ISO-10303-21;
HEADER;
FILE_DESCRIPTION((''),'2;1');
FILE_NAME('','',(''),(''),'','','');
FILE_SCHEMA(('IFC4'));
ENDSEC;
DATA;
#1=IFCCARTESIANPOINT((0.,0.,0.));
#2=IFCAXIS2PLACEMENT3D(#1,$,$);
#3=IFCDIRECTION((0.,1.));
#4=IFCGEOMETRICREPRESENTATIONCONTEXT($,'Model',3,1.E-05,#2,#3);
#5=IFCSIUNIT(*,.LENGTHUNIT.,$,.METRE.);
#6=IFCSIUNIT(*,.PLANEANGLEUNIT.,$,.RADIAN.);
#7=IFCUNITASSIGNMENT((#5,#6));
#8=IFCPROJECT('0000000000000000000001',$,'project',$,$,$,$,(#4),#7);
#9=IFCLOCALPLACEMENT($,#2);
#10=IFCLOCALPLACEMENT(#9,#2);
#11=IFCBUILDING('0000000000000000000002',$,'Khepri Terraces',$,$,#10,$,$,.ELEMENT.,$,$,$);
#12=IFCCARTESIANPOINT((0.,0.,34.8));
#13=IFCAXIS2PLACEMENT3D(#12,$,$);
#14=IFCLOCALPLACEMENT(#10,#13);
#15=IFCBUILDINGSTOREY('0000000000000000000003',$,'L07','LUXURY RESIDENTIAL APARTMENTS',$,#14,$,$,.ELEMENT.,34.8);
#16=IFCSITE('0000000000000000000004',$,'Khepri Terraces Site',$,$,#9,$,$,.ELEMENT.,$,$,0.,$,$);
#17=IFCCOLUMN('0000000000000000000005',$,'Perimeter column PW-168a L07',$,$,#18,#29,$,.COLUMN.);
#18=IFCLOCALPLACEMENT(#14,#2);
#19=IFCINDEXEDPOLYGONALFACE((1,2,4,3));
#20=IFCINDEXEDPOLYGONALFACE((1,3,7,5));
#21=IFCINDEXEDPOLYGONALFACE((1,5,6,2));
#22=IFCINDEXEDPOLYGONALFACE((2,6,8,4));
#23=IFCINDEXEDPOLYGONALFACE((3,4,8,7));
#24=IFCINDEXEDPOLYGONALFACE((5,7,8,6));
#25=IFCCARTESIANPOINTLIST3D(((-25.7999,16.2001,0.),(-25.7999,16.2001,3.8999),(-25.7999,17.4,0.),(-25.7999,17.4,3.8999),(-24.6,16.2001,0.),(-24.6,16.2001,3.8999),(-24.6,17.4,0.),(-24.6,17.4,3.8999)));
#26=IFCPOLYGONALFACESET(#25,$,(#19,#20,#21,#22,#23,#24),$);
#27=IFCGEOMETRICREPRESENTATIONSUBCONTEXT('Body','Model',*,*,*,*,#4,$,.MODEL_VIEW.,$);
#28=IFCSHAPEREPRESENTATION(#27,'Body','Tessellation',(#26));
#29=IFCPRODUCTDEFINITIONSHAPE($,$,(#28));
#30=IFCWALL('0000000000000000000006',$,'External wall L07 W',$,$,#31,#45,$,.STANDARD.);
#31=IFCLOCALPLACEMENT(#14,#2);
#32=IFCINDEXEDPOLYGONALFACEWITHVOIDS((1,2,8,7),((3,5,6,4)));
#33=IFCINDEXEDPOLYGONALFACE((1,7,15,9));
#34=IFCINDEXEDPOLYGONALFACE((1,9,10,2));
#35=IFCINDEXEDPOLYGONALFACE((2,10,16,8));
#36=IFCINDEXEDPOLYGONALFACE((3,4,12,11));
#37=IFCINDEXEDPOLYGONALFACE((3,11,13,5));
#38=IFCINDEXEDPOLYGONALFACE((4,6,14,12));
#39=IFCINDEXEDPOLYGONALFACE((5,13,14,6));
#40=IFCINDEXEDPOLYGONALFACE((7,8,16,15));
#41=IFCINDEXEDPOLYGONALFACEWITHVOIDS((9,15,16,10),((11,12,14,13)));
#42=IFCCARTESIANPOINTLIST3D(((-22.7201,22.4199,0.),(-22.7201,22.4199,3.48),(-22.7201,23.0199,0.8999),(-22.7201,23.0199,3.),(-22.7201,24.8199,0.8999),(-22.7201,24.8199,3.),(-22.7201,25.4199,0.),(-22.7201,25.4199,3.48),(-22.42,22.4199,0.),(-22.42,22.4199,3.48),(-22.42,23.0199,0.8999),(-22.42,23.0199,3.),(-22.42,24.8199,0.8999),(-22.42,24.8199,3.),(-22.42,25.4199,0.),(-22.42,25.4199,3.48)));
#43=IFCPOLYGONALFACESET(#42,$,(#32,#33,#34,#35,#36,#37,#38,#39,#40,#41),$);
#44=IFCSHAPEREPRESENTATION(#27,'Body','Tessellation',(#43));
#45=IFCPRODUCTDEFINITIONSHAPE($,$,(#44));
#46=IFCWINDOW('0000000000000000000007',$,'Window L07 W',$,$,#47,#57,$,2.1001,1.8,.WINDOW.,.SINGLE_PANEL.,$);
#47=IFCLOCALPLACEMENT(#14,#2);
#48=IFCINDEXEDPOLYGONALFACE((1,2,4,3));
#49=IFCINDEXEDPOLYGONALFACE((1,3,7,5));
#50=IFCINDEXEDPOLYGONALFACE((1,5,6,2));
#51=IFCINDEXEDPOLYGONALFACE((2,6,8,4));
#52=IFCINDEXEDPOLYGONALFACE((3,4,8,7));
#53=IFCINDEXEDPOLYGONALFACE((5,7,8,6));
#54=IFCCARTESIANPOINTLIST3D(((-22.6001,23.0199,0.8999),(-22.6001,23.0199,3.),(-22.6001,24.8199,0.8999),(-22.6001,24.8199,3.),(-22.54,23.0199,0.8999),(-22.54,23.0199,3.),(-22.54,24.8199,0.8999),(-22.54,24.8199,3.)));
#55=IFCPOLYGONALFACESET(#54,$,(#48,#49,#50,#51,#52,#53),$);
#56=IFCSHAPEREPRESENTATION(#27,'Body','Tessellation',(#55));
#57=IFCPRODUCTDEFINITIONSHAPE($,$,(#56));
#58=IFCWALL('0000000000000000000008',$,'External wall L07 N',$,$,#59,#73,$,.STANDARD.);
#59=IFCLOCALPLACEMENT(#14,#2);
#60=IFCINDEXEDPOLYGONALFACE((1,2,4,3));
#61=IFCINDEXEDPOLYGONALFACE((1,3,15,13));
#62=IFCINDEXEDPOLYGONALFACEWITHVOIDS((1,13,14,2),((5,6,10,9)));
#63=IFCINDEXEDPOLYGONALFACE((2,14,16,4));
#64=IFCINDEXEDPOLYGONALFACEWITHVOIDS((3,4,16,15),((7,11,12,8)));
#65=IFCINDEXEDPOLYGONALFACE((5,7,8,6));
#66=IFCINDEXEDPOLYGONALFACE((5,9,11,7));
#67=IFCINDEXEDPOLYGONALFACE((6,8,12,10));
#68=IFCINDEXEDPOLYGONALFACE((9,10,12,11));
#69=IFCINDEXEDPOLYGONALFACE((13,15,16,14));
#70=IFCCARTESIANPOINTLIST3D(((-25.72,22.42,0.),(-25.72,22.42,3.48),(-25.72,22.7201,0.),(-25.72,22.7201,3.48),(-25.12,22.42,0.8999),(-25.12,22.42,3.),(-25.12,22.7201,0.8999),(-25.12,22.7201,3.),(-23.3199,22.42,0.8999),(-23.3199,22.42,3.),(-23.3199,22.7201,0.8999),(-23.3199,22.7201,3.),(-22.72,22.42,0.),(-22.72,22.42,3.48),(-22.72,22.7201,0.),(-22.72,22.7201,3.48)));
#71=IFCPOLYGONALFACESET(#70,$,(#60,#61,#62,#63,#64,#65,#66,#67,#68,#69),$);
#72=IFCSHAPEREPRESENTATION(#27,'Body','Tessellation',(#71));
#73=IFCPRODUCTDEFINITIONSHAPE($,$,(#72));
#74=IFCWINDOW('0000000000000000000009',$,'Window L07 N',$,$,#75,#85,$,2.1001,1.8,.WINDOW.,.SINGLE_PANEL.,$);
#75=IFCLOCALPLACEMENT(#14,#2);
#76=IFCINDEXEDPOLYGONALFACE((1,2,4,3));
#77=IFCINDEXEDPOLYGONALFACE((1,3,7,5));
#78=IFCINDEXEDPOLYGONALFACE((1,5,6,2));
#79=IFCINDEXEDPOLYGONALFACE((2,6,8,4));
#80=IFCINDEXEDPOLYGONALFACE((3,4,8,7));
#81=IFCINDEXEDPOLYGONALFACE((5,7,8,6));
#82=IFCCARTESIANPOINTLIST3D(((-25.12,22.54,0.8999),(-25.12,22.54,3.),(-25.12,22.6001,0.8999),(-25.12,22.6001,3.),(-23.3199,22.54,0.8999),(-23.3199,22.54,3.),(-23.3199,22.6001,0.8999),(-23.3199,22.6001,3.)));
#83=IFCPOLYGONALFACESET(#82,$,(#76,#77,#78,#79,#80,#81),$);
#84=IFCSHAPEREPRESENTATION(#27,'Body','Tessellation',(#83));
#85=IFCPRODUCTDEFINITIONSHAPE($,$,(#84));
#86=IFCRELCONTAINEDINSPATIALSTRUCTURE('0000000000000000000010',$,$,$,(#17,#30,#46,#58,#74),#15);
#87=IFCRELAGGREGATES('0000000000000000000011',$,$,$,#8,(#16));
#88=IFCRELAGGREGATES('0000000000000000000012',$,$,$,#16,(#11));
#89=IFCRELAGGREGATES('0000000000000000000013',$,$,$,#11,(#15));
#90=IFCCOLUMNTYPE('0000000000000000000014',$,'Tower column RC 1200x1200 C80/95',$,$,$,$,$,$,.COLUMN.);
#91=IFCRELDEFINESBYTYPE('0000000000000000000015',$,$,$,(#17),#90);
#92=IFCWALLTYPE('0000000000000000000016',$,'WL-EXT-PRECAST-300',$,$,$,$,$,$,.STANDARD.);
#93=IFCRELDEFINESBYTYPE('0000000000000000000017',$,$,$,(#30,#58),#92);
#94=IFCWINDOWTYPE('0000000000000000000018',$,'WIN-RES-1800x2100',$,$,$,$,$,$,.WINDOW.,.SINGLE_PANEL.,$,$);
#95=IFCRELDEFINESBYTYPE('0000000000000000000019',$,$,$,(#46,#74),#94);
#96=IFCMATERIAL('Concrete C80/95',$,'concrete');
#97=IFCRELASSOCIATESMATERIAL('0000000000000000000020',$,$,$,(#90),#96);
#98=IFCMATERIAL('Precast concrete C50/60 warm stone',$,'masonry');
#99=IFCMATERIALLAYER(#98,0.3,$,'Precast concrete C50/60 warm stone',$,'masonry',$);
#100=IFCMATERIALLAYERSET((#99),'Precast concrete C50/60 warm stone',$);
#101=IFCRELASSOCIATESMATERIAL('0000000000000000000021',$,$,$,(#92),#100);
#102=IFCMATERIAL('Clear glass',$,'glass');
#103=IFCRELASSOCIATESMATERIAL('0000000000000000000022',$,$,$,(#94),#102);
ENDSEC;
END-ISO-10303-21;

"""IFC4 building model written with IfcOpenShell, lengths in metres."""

from ifc_helpers import new_model, si_unit, direction, frame, frame_2d, origin, origin_2d, place, context, subcontext, project, spatial, rectangle, extrude, material, layer, layer_set, material_profile, profile_set, type_object, element, fill, save


model = new_model("IFC4")

# Units and contexts
model_context = context("Model", 3, precision=1e-05, world=origin(), true_north=direction((0.0, 1.0)))
body_context = subcontext(model_context, "Body", "Model", "MODEL_VIEW")
ifc_project = project(units=[si_unit("LENGTHUNIT", "METRE"), si_unit("PLANEANGLEUNIT", "RADIAN")], contexts=[model_context])

# Site, building, storey
site_placement = place(None, origin())
site = spatial("IfcSite", under=ifc_project, at=site_placement, Name="Khepri Terraces Site", CompositionType="ELEMENT", RefElevation=0.0)
building_placement = place(site_placement, origin())
building = spatial("IfcBuilding", under=site, at=building_placement, Name="Khepri Terraces", CompositionType="ELEMENT")
storey_placement = place(building_placement, frame((0.0, 0.0, 34.8)))
storey = spatial("IfcBuildingStorey", under=building, at=storey_placement, Name="L07", Description="LUXURY RESIDENTIAL APARTMENTS", CompositionType="ELEMENT", Elevation=34.8)

# Column
ifc_material_1 = material(Name="Concrete C80/95", Category="concrete")
ifc_material_profile = material_profile(ifc_material_1, rectangle(XDim=1.2, YDim=1.2, at=origin_2d()), Name="Concrete C80/95", Category="concrete")
ifc_profile_set = profile_set([ifc_material_profile], Name="Concrete C80/95")
column_type = type_object("IfcColumnType", Name="Tower column RC 1200x1200 C80/95", PredefinedType="COLUMN", material=ifc_profile_set)
column_placement = place(storey_placement, frame((-25.2, 16.8, 0.0), z_axis=(0.0, 0.0, 1.0), x_axis=(1.0, 0.0, 0.0)))
element("IfcColumn", 1, at=column_placement, inside=storey, type_object=column_type, Name="Perimeter column PW-168a L07", PredefinedType="COLUMN", context=body_context, shape_type="SweptSolid", body=[
    extrude(rectangle(XDim=1.2, YDim=1.2, at=origin_2d()), origin(), (0.0, 0.0, 1.0), 3.8999),
])

# Walls, openings, windows
ifc_material_2 = material(Name="Precast concrete C50/60 warm stone", Category="masonry")
ifc_layer = layer(ifc_material_2, 0.3, Name="Precast concrete C50/60 warm stone", Category="masonry")
ifc_layer_set = layer_set([ifc_layer], Name="Precast concrete C50/60 warm stone")
wall_type = type_object("IfcWallType", Name="WL-EXT-PRECAST-300", PredefinedType="STANDARD", material=ifc_layer_set)
wall_1_placement = place(storey_placement, frame((-22.5701, 25.4199, 0.0), z_axis=(0.0, 0.0, 1.0), x_axis=(0.0, -1.0, 0.0)))
wall_1 = element("IfcWall", 2, at=wall_1_placement, inside=storey, type_object=wall_type, Name="External wall L07 W", PredefinedType="STANDARD", context=body_context, shape_type="SweptSolid", body=[
    extrude(rectangle(XDim=3.0, YDim=0.3, at=frame_2d((1.5, 0.0))), origin(), (0.0, 0.0, 1.0), 3.48),
])
opening_1_placement = place(wall_1_placement, frame((0.6001, 0.0, 0.8999)))
opening_1 = element("IfcOpeningElement", 3, at=opening_1_placement, cuts=wall_1, PredefinedType="OPENING", context=body_context, shape_type="SweptSolid", body=[
    extrude(rectangle(XDim=1.8, YDim=2.1001, at=frame_2d((0.8999, 1.05))), frame((0.0, 0.1602, 0.0), z_axis=(0.0, -1.0, 0.0), x_axis=(1.0, 0.0, 0.0)), (0.0, 0.0, 1.0), 0.3201),
])
ifc_material_3 = material(Name="Clear glass", Category="glass")
window_type_1 = type_object("IfcWindowType", Name="WIN-RES-1800x2100", PartitioningType="SINGLE_PANEL", PredefinedType="WINDOW", material=ifc_material_3)
window_1_placement = place(opening_1_placement, origin())
window_1 = element("IfcWindow", 4, at=window_1_placement, inside=storey, type_object=window_type_1, Name="Window L07 W", OverallHeight=2.1001, OverallWidth=1.8, PartitioningType="SINGLE_PANEL", PredefinedType="WINDOW", context=body_context, shape_type="SweptSolid", body=[
    extrude(rectangle(XDim=1.8, YDim=2.1001, at=frame_2d((0.8999, 1.05))), frame((0.0, 0.03, 0.0), z_axis=(0.0, -1.0, 0.0), x_axis=(1.0, 0.0, 0.0)), (0.0, 0.0, 1.0), 0.0601),
])
fill(opening_1, window_1)
wall_2_placement = place(storey_placement, frame((-22.72, 22.5701, 0.0), z_axis=(0.0, 0.0, 1.0), x_axis=(-1.0, 0.0, 0.0)))
wall_2 = element("IfcWall", 5, at=wall_2_placement, inside=storey, type_object=wall_type, Name="External wall L07 N", PredefinedType="STANDARD", context=body_context, shape_type="SweptSolid", body=[
    extrude(rectangle(XDim=3.0, YDim=0.3, at=frame_2d((1.5, 0.0))), origin(), (0.0, 0.0, 1.0), 3.48),
])
opening_2_placement = place(wall_2_placement, frame((0.6001, 0.0, 0.8999)))
opening_2 = element("IfcOpeningElement", 6, at=opening_2_placement, cuts=wall_2, PredefinedType="OPENING", context=body_context, shape_type="SweptSolid", body=[
    extrude(rectangle(XDim=1.8, YDim=2.1001, at=frame_2d((0.8999, 1.05))), frame((0.0, 0.1602, 0.0), z_axis=(0.0, -1.0, 0.0), x_axis=(1.0, 0.0, 0.0)), (0.0, 0.0, 1.0), 0.3201),
])
window_2_placement = place(opening_2_placement, origin())
window_2 = element("IfcWindow", 7, at=window_2_placement, inside=storey, type_object=window_type_1, Name="Window L07 N", OverallHeight=2.1001, OverallWidth=1.8, PartitioningType="SINGLE_PANEL", PredefinedType="WINDOW", context=body_context, shape_type="SweptSolid", body=[
    extrude(rectangle(XDim=1.8, YDim=2.1001, at=frame_2d((0.8999, 1.05))), frame((0.0, 0.03, 0.0), z_axis=(0.0, -1.0, 0.0), x_axis=(1.0, 0.0, 0.0)), (0.0, 0.0, 1.0), 0.0601),
])
fill(opening_2, window_2)

save(model, "model.ifc")
